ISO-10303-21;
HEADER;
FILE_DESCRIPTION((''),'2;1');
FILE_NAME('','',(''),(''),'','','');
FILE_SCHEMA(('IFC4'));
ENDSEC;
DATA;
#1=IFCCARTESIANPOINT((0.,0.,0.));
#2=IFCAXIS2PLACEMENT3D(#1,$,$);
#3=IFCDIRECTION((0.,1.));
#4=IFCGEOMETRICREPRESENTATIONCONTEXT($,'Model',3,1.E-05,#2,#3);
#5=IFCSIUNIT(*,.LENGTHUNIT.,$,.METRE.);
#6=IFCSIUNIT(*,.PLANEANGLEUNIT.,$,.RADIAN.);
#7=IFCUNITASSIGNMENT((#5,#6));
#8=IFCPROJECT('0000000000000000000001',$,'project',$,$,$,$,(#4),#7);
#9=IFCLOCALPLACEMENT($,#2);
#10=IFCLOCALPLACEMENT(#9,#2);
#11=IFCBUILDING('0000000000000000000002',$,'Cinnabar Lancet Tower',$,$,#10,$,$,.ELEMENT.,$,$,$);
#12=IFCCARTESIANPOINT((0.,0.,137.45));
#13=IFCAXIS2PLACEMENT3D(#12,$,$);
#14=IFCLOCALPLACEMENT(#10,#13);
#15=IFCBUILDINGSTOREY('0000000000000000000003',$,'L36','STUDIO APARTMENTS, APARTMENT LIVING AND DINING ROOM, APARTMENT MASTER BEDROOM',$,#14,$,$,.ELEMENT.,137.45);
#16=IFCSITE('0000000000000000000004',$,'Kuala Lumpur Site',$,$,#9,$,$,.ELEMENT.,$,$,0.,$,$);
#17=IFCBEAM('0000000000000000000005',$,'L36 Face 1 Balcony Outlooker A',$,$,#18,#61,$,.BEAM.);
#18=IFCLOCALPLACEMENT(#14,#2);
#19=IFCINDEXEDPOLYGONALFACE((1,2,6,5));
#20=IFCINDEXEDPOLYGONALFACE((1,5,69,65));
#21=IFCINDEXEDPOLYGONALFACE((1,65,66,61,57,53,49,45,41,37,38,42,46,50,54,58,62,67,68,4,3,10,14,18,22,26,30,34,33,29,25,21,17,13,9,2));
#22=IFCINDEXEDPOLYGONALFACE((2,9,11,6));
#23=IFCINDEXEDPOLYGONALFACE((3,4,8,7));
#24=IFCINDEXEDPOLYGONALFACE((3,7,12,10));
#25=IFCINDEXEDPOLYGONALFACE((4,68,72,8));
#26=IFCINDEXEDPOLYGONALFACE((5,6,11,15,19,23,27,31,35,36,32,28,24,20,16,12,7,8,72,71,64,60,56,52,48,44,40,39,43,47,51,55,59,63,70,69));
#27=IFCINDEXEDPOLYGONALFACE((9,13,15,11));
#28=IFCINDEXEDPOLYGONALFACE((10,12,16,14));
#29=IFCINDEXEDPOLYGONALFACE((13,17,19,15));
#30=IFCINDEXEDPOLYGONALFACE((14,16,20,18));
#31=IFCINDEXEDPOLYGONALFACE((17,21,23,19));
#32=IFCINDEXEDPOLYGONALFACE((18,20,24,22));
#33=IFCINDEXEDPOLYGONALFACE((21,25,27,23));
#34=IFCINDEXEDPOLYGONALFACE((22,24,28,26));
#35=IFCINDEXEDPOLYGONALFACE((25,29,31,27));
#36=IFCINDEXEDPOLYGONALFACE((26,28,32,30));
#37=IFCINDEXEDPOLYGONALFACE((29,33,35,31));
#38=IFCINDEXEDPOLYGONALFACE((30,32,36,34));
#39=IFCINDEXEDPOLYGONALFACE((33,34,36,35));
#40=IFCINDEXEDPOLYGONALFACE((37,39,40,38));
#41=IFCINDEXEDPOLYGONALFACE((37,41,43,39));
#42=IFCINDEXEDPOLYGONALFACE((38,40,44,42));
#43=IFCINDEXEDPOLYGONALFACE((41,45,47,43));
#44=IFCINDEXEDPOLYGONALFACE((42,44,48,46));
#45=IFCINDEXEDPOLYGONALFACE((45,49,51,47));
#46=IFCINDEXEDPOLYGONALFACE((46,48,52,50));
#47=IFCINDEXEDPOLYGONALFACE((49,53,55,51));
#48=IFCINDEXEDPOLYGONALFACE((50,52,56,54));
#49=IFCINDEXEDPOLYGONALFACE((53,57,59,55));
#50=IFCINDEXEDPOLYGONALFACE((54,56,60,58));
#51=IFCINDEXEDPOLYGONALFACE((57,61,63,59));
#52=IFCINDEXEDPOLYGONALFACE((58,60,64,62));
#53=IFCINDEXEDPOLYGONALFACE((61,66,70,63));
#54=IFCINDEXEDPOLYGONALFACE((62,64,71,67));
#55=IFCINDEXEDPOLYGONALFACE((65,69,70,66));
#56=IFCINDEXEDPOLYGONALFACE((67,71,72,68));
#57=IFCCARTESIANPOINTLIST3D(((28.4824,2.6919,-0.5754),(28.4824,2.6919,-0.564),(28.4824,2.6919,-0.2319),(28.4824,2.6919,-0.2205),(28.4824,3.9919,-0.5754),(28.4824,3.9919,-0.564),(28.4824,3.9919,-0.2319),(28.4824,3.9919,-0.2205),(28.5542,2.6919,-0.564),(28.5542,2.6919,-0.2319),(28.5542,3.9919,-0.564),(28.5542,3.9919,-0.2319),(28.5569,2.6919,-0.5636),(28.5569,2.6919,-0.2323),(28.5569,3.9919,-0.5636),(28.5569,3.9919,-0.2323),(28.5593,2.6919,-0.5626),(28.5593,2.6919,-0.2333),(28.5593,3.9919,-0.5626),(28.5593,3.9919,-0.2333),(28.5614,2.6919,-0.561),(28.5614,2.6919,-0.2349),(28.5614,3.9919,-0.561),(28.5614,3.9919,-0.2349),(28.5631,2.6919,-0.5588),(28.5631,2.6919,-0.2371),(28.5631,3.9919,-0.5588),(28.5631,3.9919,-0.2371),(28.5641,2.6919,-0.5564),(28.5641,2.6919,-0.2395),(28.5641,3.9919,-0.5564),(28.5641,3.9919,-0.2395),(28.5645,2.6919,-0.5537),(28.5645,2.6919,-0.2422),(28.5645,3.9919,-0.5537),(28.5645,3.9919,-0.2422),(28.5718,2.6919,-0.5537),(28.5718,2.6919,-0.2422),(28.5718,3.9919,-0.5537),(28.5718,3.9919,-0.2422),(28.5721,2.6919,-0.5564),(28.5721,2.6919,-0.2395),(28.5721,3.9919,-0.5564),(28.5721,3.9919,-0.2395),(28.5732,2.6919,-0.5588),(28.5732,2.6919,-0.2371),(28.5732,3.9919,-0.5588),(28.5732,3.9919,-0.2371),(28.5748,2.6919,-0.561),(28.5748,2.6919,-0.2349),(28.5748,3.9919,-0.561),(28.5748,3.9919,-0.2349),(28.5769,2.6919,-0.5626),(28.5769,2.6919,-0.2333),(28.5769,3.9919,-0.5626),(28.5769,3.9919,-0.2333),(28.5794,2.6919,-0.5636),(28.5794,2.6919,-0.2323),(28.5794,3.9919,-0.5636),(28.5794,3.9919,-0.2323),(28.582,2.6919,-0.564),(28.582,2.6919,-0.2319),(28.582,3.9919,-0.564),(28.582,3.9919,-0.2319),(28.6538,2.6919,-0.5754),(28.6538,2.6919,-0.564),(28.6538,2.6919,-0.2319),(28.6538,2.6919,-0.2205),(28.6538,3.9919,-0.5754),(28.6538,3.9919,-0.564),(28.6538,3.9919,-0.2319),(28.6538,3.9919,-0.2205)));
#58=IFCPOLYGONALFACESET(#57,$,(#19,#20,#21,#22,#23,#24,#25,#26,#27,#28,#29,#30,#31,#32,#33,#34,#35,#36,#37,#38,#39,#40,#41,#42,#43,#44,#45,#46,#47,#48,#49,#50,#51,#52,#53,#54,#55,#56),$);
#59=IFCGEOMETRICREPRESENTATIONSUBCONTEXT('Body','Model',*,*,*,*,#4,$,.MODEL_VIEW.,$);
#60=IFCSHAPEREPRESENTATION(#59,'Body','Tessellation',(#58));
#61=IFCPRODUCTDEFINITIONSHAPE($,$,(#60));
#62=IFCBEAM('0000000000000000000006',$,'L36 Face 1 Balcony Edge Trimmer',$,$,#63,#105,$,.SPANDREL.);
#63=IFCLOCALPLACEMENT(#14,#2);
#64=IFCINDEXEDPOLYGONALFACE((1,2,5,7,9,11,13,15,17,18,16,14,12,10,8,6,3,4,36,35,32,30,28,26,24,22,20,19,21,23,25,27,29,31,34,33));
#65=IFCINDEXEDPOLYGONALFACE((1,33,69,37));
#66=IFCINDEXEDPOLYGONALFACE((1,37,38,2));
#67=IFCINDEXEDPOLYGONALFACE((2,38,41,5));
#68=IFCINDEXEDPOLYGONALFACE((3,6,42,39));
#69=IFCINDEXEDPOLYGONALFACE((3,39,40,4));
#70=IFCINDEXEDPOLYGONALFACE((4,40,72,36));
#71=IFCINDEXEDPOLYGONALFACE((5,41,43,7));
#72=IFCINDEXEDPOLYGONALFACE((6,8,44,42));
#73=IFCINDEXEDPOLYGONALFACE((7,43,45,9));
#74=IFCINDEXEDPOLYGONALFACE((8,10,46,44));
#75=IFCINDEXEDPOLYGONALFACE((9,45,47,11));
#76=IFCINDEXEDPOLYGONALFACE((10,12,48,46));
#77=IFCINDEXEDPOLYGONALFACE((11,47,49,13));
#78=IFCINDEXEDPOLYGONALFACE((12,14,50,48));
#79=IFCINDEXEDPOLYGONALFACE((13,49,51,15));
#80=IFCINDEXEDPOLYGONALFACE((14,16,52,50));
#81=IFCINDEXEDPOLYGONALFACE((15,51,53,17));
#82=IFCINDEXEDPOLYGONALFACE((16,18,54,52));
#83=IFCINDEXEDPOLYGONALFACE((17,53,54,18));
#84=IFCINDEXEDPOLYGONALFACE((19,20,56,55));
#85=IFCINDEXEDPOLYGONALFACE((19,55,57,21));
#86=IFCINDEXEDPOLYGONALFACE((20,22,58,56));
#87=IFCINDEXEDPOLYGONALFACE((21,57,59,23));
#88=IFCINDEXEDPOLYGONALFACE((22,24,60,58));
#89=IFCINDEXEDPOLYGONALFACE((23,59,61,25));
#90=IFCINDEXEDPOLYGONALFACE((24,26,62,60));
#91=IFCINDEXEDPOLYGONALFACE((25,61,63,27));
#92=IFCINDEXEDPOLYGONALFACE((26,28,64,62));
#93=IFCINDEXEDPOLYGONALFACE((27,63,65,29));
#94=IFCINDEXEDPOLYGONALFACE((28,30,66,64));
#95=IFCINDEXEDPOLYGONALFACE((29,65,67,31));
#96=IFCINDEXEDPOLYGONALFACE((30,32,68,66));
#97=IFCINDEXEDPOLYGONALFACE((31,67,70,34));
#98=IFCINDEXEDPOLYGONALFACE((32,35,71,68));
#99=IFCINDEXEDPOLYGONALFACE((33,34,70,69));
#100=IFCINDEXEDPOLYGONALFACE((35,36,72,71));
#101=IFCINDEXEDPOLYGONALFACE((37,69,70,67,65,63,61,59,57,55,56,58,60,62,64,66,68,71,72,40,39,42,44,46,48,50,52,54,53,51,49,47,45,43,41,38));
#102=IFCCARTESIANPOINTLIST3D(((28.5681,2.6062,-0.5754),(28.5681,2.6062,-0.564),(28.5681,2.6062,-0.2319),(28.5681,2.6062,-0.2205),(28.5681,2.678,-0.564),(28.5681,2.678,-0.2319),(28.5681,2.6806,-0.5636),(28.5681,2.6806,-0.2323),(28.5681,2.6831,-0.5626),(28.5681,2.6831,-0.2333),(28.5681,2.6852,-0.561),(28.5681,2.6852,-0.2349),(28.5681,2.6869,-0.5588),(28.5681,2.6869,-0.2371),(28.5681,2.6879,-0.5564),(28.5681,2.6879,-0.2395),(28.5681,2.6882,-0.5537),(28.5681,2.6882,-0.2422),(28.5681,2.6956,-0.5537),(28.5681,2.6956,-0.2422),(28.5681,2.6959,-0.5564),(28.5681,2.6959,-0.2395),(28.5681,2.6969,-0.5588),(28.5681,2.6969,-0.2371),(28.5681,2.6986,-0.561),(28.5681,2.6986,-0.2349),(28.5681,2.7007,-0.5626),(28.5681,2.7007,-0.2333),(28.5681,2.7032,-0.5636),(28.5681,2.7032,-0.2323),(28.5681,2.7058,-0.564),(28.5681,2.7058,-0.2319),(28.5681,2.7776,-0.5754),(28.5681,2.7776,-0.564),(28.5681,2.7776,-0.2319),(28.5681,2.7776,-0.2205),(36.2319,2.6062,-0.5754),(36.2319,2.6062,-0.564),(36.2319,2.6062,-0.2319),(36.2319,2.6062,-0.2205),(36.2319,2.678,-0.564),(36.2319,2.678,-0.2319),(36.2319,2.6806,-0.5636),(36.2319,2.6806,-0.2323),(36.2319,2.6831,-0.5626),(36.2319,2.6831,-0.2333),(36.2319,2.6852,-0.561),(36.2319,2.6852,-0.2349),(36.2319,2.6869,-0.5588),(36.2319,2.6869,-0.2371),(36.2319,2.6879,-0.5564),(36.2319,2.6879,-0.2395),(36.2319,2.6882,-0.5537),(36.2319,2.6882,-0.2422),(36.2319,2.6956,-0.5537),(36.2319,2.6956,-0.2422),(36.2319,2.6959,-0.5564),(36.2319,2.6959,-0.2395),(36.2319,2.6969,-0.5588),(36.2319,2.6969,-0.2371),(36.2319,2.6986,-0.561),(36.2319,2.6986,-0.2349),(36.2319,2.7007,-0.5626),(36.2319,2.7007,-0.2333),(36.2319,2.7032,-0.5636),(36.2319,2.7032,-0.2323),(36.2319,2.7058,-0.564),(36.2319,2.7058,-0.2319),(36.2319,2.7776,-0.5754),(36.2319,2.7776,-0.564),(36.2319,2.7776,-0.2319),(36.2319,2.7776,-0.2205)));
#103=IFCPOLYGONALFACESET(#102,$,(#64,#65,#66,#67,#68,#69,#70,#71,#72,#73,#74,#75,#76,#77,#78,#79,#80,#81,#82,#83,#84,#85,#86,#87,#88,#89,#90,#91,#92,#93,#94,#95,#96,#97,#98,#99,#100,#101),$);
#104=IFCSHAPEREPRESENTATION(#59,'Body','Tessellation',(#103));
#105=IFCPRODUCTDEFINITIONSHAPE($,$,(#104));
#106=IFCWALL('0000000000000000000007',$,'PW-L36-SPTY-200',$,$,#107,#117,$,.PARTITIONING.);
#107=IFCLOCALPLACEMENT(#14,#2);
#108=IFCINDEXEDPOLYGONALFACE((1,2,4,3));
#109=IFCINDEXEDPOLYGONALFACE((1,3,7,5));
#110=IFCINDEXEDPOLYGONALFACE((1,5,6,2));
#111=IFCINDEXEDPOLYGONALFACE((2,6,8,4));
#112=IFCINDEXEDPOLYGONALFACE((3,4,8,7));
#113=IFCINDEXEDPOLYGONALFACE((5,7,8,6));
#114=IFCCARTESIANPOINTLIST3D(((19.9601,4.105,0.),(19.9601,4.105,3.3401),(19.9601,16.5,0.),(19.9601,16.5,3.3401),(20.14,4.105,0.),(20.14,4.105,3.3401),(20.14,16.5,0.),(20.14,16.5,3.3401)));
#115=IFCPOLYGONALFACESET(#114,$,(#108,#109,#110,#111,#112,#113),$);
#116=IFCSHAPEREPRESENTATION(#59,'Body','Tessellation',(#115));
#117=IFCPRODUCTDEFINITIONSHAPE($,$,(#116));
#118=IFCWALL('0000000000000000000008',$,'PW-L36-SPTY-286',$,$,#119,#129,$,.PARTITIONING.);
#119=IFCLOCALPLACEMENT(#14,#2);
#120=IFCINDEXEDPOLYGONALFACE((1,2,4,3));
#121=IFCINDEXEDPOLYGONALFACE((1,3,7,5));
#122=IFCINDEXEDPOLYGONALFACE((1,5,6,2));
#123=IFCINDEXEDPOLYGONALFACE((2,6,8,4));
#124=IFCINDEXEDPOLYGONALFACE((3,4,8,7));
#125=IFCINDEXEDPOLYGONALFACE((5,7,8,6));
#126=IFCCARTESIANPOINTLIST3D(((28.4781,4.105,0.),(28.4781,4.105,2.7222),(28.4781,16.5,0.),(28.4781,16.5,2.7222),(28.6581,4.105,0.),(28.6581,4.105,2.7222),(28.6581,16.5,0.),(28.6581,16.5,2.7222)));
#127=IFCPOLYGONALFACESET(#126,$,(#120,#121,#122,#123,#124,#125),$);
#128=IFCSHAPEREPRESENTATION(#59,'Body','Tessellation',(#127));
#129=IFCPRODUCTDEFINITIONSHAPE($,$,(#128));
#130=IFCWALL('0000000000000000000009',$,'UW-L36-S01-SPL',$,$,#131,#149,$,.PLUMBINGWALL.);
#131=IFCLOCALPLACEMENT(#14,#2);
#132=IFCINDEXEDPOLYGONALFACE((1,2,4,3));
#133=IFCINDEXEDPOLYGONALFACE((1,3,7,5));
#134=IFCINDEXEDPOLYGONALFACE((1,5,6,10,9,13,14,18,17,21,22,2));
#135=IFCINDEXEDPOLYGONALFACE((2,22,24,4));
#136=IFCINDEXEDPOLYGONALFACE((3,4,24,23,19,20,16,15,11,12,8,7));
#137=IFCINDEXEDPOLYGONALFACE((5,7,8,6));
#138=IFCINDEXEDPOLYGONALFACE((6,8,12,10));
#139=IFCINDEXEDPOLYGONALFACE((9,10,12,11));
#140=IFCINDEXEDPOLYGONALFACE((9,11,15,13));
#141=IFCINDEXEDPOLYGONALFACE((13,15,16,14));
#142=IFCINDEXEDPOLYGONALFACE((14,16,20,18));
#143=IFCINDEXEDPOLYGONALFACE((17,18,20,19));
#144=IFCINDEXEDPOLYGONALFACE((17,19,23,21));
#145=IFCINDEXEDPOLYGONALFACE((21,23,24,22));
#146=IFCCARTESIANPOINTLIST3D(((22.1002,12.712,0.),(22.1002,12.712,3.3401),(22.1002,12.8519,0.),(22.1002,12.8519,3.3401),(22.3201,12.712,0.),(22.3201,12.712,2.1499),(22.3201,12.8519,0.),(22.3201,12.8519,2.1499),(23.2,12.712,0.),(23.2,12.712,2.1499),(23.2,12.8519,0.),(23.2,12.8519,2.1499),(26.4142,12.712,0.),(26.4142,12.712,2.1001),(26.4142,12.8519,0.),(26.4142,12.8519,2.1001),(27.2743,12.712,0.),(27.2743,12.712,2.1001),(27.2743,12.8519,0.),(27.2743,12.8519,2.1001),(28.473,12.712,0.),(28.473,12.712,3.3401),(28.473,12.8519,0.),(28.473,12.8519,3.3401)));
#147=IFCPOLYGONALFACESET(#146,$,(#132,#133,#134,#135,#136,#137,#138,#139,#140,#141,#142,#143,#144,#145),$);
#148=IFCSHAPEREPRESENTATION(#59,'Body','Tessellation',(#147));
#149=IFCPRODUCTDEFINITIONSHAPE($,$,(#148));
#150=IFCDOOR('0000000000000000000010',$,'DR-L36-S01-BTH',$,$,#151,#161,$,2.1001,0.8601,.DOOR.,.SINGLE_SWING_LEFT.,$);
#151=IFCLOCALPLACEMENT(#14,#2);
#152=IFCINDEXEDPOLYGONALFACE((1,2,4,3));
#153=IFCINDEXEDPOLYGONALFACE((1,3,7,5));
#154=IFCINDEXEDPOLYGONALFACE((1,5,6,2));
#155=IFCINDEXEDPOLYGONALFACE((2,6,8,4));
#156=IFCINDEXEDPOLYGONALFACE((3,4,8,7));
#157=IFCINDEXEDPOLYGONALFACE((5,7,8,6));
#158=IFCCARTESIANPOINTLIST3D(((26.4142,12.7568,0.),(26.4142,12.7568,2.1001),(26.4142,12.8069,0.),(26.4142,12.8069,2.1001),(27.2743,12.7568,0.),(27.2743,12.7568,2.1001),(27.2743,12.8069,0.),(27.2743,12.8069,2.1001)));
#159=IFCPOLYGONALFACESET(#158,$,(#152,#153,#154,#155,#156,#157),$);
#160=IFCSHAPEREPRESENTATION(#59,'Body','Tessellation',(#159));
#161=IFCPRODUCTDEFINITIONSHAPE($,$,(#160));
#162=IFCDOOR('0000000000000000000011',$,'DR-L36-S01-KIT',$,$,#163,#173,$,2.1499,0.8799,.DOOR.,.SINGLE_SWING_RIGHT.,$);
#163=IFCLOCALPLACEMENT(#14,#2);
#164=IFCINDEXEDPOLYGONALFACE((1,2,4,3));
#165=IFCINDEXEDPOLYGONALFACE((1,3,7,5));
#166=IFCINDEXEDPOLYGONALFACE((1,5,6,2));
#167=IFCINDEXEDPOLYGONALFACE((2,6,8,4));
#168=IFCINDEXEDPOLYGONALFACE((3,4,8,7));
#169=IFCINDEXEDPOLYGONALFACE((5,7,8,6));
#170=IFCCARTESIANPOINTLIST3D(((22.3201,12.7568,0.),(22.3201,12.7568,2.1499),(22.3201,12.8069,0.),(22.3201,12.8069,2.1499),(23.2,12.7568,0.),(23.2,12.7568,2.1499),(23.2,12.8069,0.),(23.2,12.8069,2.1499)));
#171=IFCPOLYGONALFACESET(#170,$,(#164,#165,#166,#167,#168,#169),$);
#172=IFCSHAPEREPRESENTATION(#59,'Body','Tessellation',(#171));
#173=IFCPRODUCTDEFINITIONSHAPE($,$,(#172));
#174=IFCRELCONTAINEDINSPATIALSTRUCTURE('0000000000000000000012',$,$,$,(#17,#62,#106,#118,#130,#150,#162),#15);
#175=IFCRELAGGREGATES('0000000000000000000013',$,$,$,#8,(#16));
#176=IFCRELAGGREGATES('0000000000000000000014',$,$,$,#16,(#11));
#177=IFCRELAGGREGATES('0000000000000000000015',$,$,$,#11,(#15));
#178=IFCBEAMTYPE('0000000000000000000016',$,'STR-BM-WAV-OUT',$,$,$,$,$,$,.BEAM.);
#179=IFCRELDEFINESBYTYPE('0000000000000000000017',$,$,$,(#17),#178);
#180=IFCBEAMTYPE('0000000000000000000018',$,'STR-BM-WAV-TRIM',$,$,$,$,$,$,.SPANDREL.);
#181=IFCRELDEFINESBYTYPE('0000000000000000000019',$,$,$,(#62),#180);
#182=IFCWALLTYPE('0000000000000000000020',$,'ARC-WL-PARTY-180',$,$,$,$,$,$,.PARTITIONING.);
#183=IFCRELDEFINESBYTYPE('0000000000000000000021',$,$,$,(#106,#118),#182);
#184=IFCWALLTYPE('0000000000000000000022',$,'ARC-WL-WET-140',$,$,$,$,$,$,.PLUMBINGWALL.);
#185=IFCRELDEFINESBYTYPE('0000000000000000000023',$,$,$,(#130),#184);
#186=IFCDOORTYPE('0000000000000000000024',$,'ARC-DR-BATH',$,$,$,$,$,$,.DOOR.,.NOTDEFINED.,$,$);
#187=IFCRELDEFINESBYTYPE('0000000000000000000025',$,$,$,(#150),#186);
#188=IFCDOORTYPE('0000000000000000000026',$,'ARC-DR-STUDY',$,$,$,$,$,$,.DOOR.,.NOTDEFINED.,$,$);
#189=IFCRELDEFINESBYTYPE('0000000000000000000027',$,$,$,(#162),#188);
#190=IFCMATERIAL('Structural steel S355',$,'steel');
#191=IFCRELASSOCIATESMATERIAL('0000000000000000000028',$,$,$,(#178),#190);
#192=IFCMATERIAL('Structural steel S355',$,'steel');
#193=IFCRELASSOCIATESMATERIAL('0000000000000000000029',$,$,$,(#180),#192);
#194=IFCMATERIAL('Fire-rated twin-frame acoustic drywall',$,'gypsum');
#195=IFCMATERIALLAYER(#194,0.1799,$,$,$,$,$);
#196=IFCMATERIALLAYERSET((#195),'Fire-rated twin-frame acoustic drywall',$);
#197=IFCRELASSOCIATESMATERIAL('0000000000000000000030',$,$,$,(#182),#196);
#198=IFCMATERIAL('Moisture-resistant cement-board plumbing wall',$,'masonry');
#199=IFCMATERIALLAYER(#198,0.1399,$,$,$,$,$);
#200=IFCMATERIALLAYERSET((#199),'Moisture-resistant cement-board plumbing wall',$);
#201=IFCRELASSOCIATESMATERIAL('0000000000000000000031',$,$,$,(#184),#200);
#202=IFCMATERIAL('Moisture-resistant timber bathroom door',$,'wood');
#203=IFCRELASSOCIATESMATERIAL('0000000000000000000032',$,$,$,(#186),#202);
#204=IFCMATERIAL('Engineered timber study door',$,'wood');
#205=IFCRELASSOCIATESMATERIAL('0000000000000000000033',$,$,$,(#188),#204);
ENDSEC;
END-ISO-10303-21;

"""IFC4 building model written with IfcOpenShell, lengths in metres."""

from ifc_helpers import new_model, si_unit, direction, frame, frame_2d, origin, origin_2d, place, context, subcontext, project, spatial, rectangle, i_section, extrude, material, layer, layer_set, material_profile, profile_set, type_object, element, fill, save


model = new_model("IFC4")

# Units and contexts
model_context = context("Model", 3, precision=1e-05, world=origin(), true_north=direction((0.0, 1.0)))
body_context = subcontext(model_context, "Body", "Model", "MODEL_VIEW")
ifc_project = project(units=[si_unit("LENGTHUNIT", "METRE"), si_unit("PLANEANGLEUNIT", "RADIAN")], contexts=[model_context])

# Site, building, storey
site_placement = place(None, origin())
site = spatial("IfcSite", under=ifc_project, at=site_placement, Name="Kuala Lumpur Site", CompositionType="ELEMENT", RefElevation=0.0)
building_placement = place(site_placement, origin())
building = spatial("IfcBuilding", under=site, at=building_placement, Name="Cinnabar Lancet Tower", CompositionType="ELEMENT")
storey_placement = place(building_placement, frame((0.0, 0.0, 137.45)))
storey = spatial("IfcBuildingStorey", under=building, at=storey_placement, Name="L36", Description="STUDIO APARTMENTS, APARTMENT LIVING AND DINING ROOM, APARTMENT MASTER BEDROOM", CompositionType="ELEMENT", Elevation=137.45)

# Beams
ifc_material_1 = material(Name="Structural steel S355", Category="steel")
ifc_material_profile_1 = material_profile(ifc_material_1, i_section(OverallWidth=0.1714, OverallDepth=0.355, WebThickness=0.0073, FlangeThickness=0.0115, FilletRadius=0.0103, at=origin_2d()), Name="UKB 356x171x51")
ifc_profile_set_1 = profile_set([ifc_material_profile_1], Name="Structural steel S355")
beam_type_1 = type_object("IfcBeamType", Name="STR-BM-WAV-OUT", PredefinedType="BEAM", material=ifc_profile_set_1)
beam_1_placement = place(storey_placement, frame((28.5681, 3.9919, -0.3979), z_axis=(0.0, -1.0, 0.0), x_axis=(1.0, 0.0, 0.0)))
element("IfcBeam", 1, at=beam_1_placement, inside=storey, type_object=beam_type_1, Name="L36 Face 1 Balcony Outlooker A", PredefinedType="BEAM", context=body_context, shape_type="SweptSolid", body=[
    extrude(i_section(OverallWidth=0.1714, OverallDepth=0.355, WebThickness=0.0073, FlangeThickness=0.0115, FilletRadius=0.0103, at=origin_2d()), origin(), (0.0, 0.0, 1.0), 1.3),
])
ifc_material_2 = material(Name="Structural steel S355", Category="steel")
ifc_material_profile_2 = material_profile(ifc_material_2, i_section(OverallWidth=0.1714, OverallDepth=0.355, WebThickness=0.0073, FlangeThickness=0.0115, FilletRadius=0.0103, at=origin_2d()), Name="UKB 356x171x51")
ifc_profile_set_2 = profile_set([ifc_material_profile_2], Name="Structural steel S355")
beam_type_2 = type_object("IfcBeamType", Name="STR-BM-WAV-TRIM", PredefinedType="SPANDREL", material=ifc_profile_set_2)
beam_2_placement = place(storey_placement, frame((28.5681, 2.6919, -0.3979), z_axis=(1.0, 0.0, 0.0), x_axis=(0.0, 1.0, 0.0)))
element("IfcBeam", 2, at=beam_2_placement, inside=storey, type_object=beam_type_2, Name="L36 Face 1 Balcony Edge Trimmer", PredefinedType="SPANDREL", context=body_context, shape_type="SweptSolid", body=[
    extrude(i_section(OverallWidth=0.1714, OverallDepth=0.355, WebThickness=0.0073, FlangeThickness=0.0115, FilletRadius=0.0103, at=origin_2d()), origin(), (0.0, 0.0, 1.0), 7.6638),
])

# Walls
ifc_material_3 = material(Name="Fire-rated twin-frame acoustic drywall", Category="gypsum")
ifc_layer_1 = layer(ifc_material_3, 0.1799)
ifc_layer_set_1 = layer_set([ifc_layer_1], Name="Fire-rated twin-frame acoustic drywall")
wall_type_1 = type_object("IfcWallType", Name="ARC-WL-PARTY-180", PredefinedType="PARTITIONING", material=ifc_layer_set_1)
wall_1_placement = place(storey_placement, frame((20.05, 4.105, 0.0), z_axis=(0.0, 0.0, 1.0), x_axis=(0.0, 1.0, 0.0)))
element("IfcWall", 3, at=wall_1_placement, inside=storey, type_object=wall_type_1, Name="PW-L36-SPTY-200", PredefinedType="PARTITIONING", context=body_context, shape_type="SweptSolid", body=[
    extrude(rectangle(XDim=12.395, YDim=0.1799, at=frame_2d((6.1975, 0.0))), origin(), (0.0, 0.0, 1.0), 3.3401),
])
wall_2_placement = place(storey_placement, frame((28.5681, 4.105, 0.0), z_axis=(0.0, 0.0, 1.0), x_axis=(0.0, 1.0, 0.0)))
element("IfcWall", 4, at=wall_2_placement, inside=storey, type_object=wall_type_1, Name="PW-L36-SPTY-286", PredefinedType="PARTITIONING", context=body_context, shape_type="SweptSolid", body=[
    extrude(rectangle(XDim=12.395, YDim=0.1799, at=frame_2d((6.1975, 0.0))), origin(), (0.0, 0.0, 1.0), 2.7222),
])

# Wall, openings, doors
ifc_material_4 = material(Name="Moisture-resistant cement-board plumbing wall", Category="masonry")
ifc_layer_2 = layer(ifc_material_4, 0.1399)
ifc_layer_set_2 = layer_set([ifc_layer_2], Name="Moisture-resistant cement-board plumbing wall")
wall_type_2 = type_object("IfcWallType", Name="ARC-WL-WET-140", PredefinedType="PLUMBINGWALL", material=ifc_layer_set_2)
wall_3_placement = place(storey_placement, frame((22.1001, 12.782, 0.0), z_axis=(0.0, 0.0, 1.0), x_axis=(1.0, 0.0, 0.0)))
wall_3 = element("IfcWall", 5, at=wall_3_placement, inside=storey, type_object=wall_type_2, Name="UW-L36-S01-SPL", PredefinedType="PLUMBINGWALL", context=body_context, shape_type="SweptSolid", body=[
    extrude(rectangle(XDim=6.3728, YDim=0.1399, at=frame_2d((3.1865, 0.0))), origin(), (0.0, 0.0, 1.0), 3.3401),
])
opening_1_placement = place(wall_3_placement, frame((4.314, 0.0, 0.0)))
opening_1 = element("IfcOpeningElement", 6, at=opening_1_placement, cuts=wall_3, PredefinedType="OPENING", context=body_context, shape_type="SweptSolid", body=[
    extrude(rectangle(XDim=0.8601, YDim=2.1001, at=frame_2d((0.4302, 1.05))), frame((0.0, 0.0798, 0.0), z_axis=(0.0, -1.0, 0.0), x_axis=(1.0, 0.0, 0.0)), (0.0, 0.0, 1.0), 0.1599),
])
opening_2_placement = place(wall_3_placement, frame((0.22, 0.0, 0.0)))
opening_2 = element("IfcOpeningElement", 7, at=opening_2_placement, cuts=wall_3, PredefinedType="OPENING", context=body_context, shape_type="SweptSolid", body=[
    extrude(rectangle(XDim=0.8799, YDim=2.1499, at=frame_2d((0.4399, 1.075))), frame((0.0, 0.0798, 0.0), z_axis=(0.0, -1.0, 0.0), x_axis=(1.0, 0.0, 0.0)), (0.0, 0.0, 1.0), 0.1599),
])
ifc_material_5 = material(Name="Moisture-resistant timber bathroom door", Category="wood")
door_type_1 = type_object("IfcDoorType", Name="ARC-DR-BATH", OperationType="NOTDEFINED", PredefinedType="DOOR", material=ifc_material_5)
door_1_placement = place(opening_1_placement, origin())
door_1 = element("IfcDoor", 8, at=door_1_placement, inside=storey, type_object=door_type_1, Name="DR-L36-S01-BTH", OperationType="SINGLE_SWING_LEFT", OverallHeight=2.1001, OverallWidth=0.8601, PredefinedType="DOOR", context=body_context, shape_type="SweptSolid", body=[
    extrude(rectangle(XDim=0.8601, YDim=2.1001, at=frame_2d((0.4302, 1.05))), frame((0.0, 0.0249, 0.0), z_axis=(0.0, -1.0, 0.0), x_axis=(1.0, 0.0, 0.0)), (0.0, 0.0, 1.0), 0.05),
])
fill(opening_1, door_1)
ifc_material_6 = material(Name="Engineered timber study door", Category="wood")
door_type_2 = type_object("IfcDoorType", Name="ARC-DR-STUDY", OperationType="NOTDEFINED", PredefinedType="DOOR", material=ifc_material_6)
door_2_placement = place(opening_2_placement, origin())
door_2 = element("IfcDoor", 9, at=door_2_placement, inside=storey, type_object=door_type_2, Name="DR-L36-S01-KIT", OperationType="SINGLE_SWING_RIGHT", OverallHeight=2.1499, OverallWidth=0.8799, PredefinedType="DOOR", context=body_context, shape_type="SweptSolid", body=[
    extrude(rectangle(XDim=0.8799, YDim=2.1499, at=frame_2d((0.4399, 1.075))), frame((0.0, 0.0249, 0.0), z_axis=(0.0, -1.0, 0.0), x_axis=(1.0, 0.0, 0.0)), (0.0, 0.0, 1.0), 0.05),
])
fill(opening_2, door_2)

save(model, "model.ifc")
